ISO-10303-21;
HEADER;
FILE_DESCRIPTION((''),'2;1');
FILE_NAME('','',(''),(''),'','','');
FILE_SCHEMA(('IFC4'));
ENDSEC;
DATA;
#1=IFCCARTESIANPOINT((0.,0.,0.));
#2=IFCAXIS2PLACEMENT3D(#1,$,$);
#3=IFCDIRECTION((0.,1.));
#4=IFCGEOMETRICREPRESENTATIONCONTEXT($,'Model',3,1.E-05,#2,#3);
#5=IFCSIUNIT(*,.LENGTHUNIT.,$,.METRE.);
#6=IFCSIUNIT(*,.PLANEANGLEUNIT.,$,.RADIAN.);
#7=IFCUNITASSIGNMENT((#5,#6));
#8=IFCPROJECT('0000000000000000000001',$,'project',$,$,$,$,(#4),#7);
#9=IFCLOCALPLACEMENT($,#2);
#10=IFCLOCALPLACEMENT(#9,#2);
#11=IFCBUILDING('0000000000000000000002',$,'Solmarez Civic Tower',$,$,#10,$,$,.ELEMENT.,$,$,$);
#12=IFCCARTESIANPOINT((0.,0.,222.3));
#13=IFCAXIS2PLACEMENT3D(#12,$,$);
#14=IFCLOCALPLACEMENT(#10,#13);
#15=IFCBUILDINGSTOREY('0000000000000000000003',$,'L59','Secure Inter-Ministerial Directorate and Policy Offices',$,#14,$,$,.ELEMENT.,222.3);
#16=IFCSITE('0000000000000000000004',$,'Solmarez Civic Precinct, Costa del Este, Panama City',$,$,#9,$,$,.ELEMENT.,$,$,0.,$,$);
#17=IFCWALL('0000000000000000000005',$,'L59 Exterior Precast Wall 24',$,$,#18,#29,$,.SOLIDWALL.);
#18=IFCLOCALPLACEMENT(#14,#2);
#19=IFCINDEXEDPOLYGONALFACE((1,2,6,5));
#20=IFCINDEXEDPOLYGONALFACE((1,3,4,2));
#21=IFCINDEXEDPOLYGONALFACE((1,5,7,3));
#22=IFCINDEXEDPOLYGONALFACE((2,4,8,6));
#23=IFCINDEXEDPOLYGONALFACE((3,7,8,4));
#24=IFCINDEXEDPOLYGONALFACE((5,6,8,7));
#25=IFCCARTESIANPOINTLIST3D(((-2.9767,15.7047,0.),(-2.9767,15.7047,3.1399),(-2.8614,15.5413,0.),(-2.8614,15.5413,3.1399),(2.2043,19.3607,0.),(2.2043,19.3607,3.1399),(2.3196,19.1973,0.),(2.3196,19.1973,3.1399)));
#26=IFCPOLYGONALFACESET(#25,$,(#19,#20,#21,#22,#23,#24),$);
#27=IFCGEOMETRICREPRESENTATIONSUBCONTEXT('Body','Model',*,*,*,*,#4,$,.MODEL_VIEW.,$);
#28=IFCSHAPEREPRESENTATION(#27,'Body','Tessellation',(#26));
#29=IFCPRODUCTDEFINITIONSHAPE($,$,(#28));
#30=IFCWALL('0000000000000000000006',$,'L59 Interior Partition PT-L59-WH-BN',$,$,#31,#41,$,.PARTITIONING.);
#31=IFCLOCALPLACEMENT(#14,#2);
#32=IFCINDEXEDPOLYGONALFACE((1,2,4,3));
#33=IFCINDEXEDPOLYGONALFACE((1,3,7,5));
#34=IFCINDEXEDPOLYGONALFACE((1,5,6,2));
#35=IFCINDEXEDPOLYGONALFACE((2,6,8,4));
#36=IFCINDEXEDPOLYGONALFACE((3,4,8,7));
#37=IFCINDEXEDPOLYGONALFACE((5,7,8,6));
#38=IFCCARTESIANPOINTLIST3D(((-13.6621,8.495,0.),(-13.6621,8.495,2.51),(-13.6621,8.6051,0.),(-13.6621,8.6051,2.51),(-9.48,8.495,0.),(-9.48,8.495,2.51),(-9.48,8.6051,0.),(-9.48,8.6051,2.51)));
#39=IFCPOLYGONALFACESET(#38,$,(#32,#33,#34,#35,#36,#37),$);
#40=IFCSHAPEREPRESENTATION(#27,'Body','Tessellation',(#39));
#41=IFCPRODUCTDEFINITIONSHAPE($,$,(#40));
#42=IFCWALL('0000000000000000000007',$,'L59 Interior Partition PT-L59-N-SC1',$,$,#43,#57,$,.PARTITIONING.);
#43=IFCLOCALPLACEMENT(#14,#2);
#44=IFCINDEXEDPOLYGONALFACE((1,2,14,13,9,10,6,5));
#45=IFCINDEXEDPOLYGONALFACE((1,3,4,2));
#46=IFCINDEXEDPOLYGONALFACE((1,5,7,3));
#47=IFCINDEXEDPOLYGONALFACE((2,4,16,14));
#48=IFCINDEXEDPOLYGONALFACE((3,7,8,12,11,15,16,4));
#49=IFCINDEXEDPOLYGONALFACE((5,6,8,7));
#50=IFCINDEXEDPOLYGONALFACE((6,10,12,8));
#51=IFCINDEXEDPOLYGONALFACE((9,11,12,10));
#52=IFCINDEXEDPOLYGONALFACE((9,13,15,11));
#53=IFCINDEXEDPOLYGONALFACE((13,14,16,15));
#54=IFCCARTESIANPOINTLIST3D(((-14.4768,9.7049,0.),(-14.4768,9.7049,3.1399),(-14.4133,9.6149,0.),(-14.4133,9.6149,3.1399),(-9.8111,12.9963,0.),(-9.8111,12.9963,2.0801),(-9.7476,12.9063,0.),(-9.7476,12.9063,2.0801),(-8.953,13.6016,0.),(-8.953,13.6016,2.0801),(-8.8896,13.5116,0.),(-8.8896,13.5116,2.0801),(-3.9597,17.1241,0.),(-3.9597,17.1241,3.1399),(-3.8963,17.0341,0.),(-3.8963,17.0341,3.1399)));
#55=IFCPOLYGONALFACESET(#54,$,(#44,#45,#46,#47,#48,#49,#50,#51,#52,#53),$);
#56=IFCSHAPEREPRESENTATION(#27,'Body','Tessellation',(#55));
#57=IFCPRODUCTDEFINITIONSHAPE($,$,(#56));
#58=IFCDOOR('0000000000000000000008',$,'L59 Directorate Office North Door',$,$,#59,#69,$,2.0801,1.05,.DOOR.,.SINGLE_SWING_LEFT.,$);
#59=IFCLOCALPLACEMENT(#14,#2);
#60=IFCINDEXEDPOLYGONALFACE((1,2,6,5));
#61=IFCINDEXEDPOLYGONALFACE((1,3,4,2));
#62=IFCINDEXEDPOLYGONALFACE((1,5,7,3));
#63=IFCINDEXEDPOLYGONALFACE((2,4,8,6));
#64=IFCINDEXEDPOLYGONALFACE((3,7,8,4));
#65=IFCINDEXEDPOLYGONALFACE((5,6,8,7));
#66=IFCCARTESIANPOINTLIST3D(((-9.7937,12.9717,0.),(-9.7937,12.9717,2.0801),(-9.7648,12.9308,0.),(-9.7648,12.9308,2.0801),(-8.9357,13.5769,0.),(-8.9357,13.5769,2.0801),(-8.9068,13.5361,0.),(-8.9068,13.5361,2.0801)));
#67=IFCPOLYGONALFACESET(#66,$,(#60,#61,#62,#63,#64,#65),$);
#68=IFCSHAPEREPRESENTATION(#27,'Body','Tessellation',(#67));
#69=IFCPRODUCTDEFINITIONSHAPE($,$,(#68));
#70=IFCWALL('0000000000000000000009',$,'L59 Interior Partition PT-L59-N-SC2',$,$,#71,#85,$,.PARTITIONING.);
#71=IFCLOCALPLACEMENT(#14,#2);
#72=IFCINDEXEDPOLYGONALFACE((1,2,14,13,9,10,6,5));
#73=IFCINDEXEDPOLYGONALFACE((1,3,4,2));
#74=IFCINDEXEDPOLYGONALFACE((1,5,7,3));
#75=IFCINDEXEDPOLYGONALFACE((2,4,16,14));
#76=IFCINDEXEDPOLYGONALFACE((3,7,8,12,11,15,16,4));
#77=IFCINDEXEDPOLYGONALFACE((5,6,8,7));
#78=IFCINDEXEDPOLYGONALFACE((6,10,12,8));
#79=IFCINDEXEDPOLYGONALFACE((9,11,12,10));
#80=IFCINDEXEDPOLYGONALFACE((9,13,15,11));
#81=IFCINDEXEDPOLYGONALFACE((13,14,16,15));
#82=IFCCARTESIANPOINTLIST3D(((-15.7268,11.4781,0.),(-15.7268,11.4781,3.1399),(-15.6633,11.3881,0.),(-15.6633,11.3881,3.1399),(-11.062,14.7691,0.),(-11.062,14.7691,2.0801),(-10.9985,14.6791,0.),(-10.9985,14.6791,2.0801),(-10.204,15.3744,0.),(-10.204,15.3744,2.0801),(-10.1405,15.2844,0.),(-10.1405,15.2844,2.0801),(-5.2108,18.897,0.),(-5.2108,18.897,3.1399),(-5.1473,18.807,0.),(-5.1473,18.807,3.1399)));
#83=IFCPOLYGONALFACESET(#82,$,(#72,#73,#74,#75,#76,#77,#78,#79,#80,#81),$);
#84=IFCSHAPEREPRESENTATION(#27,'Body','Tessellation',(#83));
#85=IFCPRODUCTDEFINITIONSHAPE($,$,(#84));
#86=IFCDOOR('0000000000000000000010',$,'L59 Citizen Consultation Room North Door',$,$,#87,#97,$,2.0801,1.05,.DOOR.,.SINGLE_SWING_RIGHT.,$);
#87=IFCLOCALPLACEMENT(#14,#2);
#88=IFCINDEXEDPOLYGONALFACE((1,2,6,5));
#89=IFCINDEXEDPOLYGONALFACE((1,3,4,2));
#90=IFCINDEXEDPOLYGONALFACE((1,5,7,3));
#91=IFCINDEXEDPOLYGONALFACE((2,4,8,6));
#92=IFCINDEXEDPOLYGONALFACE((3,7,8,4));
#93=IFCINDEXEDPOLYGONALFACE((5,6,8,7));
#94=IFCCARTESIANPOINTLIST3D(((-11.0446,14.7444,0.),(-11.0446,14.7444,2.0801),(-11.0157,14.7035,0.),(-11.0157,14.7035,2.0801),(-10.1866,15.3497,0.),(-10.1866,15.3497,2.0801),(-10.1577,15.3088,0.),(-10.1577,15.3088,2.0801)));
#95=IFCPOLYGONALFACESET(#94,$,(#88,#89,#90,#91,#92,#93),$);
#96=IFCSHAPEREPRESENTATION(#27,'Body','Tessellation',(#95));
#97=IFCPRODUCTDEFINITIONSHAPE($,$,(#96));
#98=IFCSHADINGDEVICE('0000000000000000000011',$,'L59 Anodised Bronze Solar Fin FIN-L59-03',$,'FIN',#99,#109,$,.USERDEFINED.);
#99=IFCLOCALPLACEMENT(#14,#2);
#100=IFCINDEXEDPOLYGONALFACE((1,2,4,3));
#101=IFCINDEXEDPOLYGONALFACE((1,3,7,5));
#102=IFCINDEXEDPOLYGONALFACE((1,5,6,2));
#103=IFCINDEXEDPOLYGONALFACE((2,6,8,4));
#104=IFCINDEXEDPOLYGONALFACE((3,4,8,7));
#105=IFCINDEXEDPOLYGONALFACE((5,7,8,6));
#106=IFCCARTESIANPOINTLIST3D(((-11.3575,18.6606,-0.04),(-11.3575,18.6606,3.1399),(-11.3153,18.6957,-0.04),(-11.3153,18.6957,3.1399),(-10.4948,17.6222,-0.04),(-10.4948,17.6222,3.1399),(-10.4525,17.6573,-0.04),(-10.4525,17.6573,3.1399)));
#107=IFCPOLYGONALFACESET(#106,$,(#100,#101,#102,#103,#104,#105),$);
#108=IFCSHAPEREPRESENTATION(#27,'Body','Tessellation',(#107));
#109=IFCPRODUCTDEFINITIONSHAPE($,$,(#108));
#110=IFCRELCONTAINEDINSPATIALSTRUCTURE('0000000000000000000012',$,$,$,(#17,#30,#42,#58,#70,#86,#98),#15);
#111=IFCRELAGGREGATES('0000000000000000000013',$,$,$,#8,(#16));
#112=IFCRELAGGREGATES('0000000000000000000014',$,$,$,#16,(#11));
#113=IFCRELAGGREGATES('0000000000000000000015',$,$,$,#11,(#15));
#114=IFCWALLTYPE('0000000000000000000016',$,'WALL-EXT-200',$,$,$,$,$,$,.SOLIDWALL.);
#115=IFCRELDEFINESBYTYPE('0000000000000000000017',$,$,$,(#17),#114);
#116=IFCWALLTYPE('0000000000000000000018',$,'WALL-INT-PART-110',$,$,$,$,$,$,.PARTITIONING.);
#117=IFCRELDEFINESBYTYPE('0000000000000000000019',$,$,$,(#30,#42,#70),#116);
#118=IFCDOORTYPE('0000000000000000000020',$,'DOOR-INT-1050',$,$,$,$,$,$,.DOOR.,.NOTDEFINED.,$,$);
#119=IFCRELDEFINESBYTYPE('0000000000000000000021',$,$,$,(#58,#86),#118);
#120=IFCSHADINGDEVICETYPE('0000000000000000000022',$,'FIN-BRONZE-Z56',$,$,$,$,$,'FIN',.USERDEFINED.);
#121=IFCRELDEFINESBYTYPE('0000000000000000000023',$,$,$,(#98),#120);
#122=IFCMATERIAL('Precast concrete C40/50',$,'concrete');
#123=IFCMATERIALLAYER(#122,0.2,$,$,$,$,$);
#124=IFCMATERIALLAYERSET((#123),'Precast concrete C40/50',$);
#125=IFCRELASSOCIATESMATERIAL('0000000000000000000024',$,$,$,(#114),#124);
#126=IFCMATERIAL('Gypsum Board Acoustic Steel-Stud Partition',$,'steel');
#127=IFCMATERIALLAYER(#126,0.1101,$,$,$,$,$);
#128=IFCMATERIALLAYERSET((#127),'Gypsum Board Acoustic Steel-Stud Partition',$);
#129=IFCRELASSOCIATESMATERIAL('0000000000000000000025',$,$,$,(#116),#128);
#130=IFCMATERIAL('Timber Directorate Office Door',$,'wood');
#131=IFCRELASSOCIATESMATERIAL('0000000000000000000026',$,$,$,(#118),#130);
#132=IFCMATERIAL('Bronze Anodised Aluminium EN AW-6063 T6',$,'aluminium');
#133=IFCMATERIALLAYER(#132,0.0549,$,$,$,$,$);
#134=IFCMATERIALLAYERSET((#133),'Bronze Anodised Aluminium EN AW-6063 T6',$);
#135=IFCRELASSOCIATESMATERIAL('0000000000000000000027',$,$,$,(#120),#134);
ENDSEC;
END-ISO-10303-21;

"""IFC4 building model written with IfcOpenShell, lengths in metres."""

from ifc_helpers import new_model, si_unit, direction, frame, frame_2d, origin, origin_2d, place, context, subcontext, project, spatial, rectangle, extrude, material, layer, layer_set, type_object, element, fill, save


model = new_model("IFC4")

# Units and contexts
model_context = context("Model", 3, precision=1e-05, world=origin(), true_north=direction((0.0, 1.0)))
body_context = subcontext(model_context, "Body", "Model", "MODEL_VIEW")
ifc_project = project(units=[si_unit("LENGTHUNIT", "METRE"), si_unit("PLANEANGLEUNIT", "RADIAN")], contexts=[model_context])

# Site, building, storey
site_placement = place(None, origin())
site = spatial("IfcSite", under=ifc_project, at=site_placement, Name="Solmarez Civic Precinct, Costa del Este, Panama City", CompositionType="ELEMENT", RefElevation=0.0)
building_placement = place(site_placement, origin())
building = spatial("IfcBuilding", under=site, at=building_placement, Name="Solmarez Civic Tower", CompositionType="ELEMENT")
storey_placement = place(building_placement, frame((0.0, 0.0, 222.3)))
storey = spatial("IfcBuildingStorey", under=building, at=storey_placement, Name="L59", Description="Secure Inter-Ministerial Directorate and Policy Offices", CompositionType="ELEMENT", Elevation=222.3)

# Shared definitions
ifc_material_1 = material(Name="Precast concrete C40/50", Category="concrete")
ifc_layer_1 = layer(ifc_material_1, 0.2)
ifc_layer_set_1 = layer_set([ifc_layer_1], Name="Precast concrete C40/50")
wall_type_1 = type_object("IfcWallType", Name="WALL-EXT-200", PredefinedType="SOLIDWALL", material=ifc_layer_set_1)

# Walls
wall_1_placement = place(storey_placement, frame((-2.9189, 15.623, 0.0), z_axis=(0.0, 0.0, 1.0), x_axis=(0.81705, 0.576567, 0.0)))
element("IfcWall", 1, at=wall_1_placement, inside=storey, type_object=wall_type_1, Name="L59 Exterior Precast Wall 24", PredefinedType="SOLIDWALL", context=body_context, shape_type="SweptSolid", body=[
    extrude(rectangle(XDim=6.3411, YDim=0.2, at=frame_2d((3.1704, 0.0))), origin(), (0.0, 0.0, 1.0), 3.1399),
])
ifc_material_2 = material(Name="Gypsum Board Acoustic Steel-Stud Partition", Category="steel")
ifc_layer_2 = layer(ifc_material_2, 0.1101)
ifc_layer_set_2 = layer_set([ifc_layer_2], Name="Gypsum Board Acoustic Steel-Stud Partition")
wall_type_2 = type_object("IfcWallType", Name="WALL-INT-PART-110", PredefinedType="PARTITIONING", material=ifc_layer_set_2)
wall_2_placement = place(storey_placement, frame((-13.6621, 8.55, 0.0), z_axis=(0.0, 0.0, 1.0), x_axis=(1.0, 0.0, 0.0)))
element("IfcWall", 2, at=wall_2_placement, inside=storey, type_object=wall_type_2, Name="L59 Interior Partition PT-L59-WH-BN", PredefinedType="PARTITIONING", context=body_context, shape_type="SweptSolid", body=[
    extrude(rectangle(XDim=4.1821, YDim=0.1101, at=frame_2d((2.0911, 0.0))), origin(), (0.0, 0.0, 1.0), 2.51),
])

# Walls, openings, doors
wall_3_placement = place(storey_placement, frame((-14.4451, 9.6599, 0.0), z_axis=(0.0, 0.0, 1.0), x_axis=(0.817138, 0.576443, 0.0)))
wall_3 = element("IfcWall", 3, at=wall_3_placement, inside=storey, type_object=wall_type_2, Name="L59 Interior Partition PT-L59-N-SC1", PredefinedType="PARTITIONING", context=body_context, shape_type="SweptSolid", body=[
    extrude(rectangle(XDim=12.8706, YDim=0.1101, at=frame_2d((6.4353, 0.0))), origin(), (0.0, 0.0, 1.0), 3.1399),
])
opening_1_placement = place(wall_3_placement, frame((5.71, 0.0, 0.0)))
opening_1 = element("IfcOpeningElement", 4, at=opening_1_placement, cuts=wall_3, PredefinedType="OPENING", context=body_context, shape_type="SweptSolid", body=[
    extrude(rectangle(XDim=1.05, YDim=2.0801, at=frame_2d((0.5249, 1.04))), frame((0.0, 0.0649, 0.0), z_axis=(0.0, -1.0, 0.0), x_axis=(1.0, 0.0, 0.0)), (0.0, 0.0, 1.0), 0.1301),
])
ifc_material_3 = material(Name="Timber Directorate Office Door", Category="wood")
door_type = type_object("IfcDoorType", Name="DOOR-INT-1050", OperationType="NOTDEFINED", PredefinedType="DOOR", material=ifc_material_3)
door_1_placement = place(opening_1_placement, origin())
door_1 = element("IfcDoor", 5, at=door_1_placement, inside=storey, type_object=door_type, Name="L59 Directorate Office North Door", OperationType="SINGLE_SWING_LEFT", OverallHeight=2.0801, OverallWidth=1.05, PredefinedType="DOOR", context=body_context, shape_type="SweptSolid", body=[
    extrude(rectangle(XDim=1.05, YDim=2.0801, at=frame_2d((0.5249, 1.04))), frame((0.0, 0.0249, 0.0), z_axis=(0.0, -1.0, 0.0), x_axis=(1.0, 0.0, 0.0)), (0.0, 0.0, 1.0), 0.05),
])
fill(opening_1, door_1)
wall_4_placement = place(storey_placement, frame((-15.6951, 11.4331, 0.0), z_axis=(0.0, 0.0, 1.0), x_axis=(0.817121, 0.576466, 0.0)))
wall_4 = element("IfcWall", 6, at=wall_4_placement, inside=storey, type_object=wall_type_2, Name="L59 Interior Partition PT-L59-N-SC2", PredefinedType="PARTITIONING", context=body_context, shape_type="SweptSolid", body=[
    extrude(rectangle(XDim=12.8696, YDim=0.1101, at=frame_2d((6.4348, 0.0))), origin(), (0.0, 0.0, 1.0), 3.1399),
])
opening_2_placement = place(wall_4_placement, frame((5.709, 0.0, 0.0)))
opening_2 = element("IfcOpeningElement", 7, at=opening_2_placement, cuts=wall_4, PredefinedType="OPENING", context=body_context, shape_type="SweptSolid", body=[
    extrude(rectangle(XDim=1.05, YDim=2.0801, at=frame_2d((0.5249, 1.04))), frame((0.0, 0.0649, 0.0), z_axis=(0.0, -1.0, 0.0), x_axis=(1.0, 0.0, 0.0)), (0.0, 0.0, 1.0), 0.1301),
])
door_2_placement = place(opening_2_placement, origin())
door_2 = element("IfcDoor", 8, at=door_2_placement, inside=storey, type_object=door_type, Name="L59 Citizen Consultation Room North Door", OperationType="SINGLE_SWING_RIGHT", OverallHeight=2.0801, OverallWidth=1.05, PredefinedType="DOOR", context=body_context, shape_type="SweptSolid", body=[
    extrude(rectangle(XDim=1.05, YDim=2.0801, at=frame_2d((0.5249, 1.04))), frame((0.0, 0.0249, 0.0), z_axis=(0.0, -1.0, 0.0), x_axis=(1.0, 0.0, 0.0)), (0.0, 0.0, 1.0), 0.05),
])
fill(opening_2, door_2)

# Shading device
ifc_material_4 = material(Name="Bronze Anodised Aluminium EN AW-6063 T6", Category="aluminium")
ifc_layer_3 = layer(ifc_material_4, 0.0549)
ifc_layer_set_3 = layer_set([ifc_layer_3], Name="Bronze Anodised Aluminium EN AW-6063 T6")
shading_device_type = type_object("IfcShadingDeviceType", Name="FIN-BRONZE-Z56", ElementType="FIN", PredefinedType="USERDEFINED", material=ifc_layer_set_3)
shading_device_placement = place(storey_placement, frame((-10.905, 18.1589, -0.04), z_axis=(0.0, 0.0, 1.0), x_axis=(-0.63905, 0.769165, 0.0)))
element("IfcShadingDevice", 9, at=shading_device_placement, inside=storey, type_object=shading_device_type, Name="L59 Anodised Bronze Solar Fin FIN-L59-03", ObjectType="FIN", PredefinedType="USERDEFINED", context=body_context, shape_type="SweptSolid", body=[
    extrude(rectangle(XDim=1.3501, YDim=0.0549, at=origin_2d()), origin(), (0.0, 0.0, 1.0), 3.1799),
])

save(model, "model.ifc")
